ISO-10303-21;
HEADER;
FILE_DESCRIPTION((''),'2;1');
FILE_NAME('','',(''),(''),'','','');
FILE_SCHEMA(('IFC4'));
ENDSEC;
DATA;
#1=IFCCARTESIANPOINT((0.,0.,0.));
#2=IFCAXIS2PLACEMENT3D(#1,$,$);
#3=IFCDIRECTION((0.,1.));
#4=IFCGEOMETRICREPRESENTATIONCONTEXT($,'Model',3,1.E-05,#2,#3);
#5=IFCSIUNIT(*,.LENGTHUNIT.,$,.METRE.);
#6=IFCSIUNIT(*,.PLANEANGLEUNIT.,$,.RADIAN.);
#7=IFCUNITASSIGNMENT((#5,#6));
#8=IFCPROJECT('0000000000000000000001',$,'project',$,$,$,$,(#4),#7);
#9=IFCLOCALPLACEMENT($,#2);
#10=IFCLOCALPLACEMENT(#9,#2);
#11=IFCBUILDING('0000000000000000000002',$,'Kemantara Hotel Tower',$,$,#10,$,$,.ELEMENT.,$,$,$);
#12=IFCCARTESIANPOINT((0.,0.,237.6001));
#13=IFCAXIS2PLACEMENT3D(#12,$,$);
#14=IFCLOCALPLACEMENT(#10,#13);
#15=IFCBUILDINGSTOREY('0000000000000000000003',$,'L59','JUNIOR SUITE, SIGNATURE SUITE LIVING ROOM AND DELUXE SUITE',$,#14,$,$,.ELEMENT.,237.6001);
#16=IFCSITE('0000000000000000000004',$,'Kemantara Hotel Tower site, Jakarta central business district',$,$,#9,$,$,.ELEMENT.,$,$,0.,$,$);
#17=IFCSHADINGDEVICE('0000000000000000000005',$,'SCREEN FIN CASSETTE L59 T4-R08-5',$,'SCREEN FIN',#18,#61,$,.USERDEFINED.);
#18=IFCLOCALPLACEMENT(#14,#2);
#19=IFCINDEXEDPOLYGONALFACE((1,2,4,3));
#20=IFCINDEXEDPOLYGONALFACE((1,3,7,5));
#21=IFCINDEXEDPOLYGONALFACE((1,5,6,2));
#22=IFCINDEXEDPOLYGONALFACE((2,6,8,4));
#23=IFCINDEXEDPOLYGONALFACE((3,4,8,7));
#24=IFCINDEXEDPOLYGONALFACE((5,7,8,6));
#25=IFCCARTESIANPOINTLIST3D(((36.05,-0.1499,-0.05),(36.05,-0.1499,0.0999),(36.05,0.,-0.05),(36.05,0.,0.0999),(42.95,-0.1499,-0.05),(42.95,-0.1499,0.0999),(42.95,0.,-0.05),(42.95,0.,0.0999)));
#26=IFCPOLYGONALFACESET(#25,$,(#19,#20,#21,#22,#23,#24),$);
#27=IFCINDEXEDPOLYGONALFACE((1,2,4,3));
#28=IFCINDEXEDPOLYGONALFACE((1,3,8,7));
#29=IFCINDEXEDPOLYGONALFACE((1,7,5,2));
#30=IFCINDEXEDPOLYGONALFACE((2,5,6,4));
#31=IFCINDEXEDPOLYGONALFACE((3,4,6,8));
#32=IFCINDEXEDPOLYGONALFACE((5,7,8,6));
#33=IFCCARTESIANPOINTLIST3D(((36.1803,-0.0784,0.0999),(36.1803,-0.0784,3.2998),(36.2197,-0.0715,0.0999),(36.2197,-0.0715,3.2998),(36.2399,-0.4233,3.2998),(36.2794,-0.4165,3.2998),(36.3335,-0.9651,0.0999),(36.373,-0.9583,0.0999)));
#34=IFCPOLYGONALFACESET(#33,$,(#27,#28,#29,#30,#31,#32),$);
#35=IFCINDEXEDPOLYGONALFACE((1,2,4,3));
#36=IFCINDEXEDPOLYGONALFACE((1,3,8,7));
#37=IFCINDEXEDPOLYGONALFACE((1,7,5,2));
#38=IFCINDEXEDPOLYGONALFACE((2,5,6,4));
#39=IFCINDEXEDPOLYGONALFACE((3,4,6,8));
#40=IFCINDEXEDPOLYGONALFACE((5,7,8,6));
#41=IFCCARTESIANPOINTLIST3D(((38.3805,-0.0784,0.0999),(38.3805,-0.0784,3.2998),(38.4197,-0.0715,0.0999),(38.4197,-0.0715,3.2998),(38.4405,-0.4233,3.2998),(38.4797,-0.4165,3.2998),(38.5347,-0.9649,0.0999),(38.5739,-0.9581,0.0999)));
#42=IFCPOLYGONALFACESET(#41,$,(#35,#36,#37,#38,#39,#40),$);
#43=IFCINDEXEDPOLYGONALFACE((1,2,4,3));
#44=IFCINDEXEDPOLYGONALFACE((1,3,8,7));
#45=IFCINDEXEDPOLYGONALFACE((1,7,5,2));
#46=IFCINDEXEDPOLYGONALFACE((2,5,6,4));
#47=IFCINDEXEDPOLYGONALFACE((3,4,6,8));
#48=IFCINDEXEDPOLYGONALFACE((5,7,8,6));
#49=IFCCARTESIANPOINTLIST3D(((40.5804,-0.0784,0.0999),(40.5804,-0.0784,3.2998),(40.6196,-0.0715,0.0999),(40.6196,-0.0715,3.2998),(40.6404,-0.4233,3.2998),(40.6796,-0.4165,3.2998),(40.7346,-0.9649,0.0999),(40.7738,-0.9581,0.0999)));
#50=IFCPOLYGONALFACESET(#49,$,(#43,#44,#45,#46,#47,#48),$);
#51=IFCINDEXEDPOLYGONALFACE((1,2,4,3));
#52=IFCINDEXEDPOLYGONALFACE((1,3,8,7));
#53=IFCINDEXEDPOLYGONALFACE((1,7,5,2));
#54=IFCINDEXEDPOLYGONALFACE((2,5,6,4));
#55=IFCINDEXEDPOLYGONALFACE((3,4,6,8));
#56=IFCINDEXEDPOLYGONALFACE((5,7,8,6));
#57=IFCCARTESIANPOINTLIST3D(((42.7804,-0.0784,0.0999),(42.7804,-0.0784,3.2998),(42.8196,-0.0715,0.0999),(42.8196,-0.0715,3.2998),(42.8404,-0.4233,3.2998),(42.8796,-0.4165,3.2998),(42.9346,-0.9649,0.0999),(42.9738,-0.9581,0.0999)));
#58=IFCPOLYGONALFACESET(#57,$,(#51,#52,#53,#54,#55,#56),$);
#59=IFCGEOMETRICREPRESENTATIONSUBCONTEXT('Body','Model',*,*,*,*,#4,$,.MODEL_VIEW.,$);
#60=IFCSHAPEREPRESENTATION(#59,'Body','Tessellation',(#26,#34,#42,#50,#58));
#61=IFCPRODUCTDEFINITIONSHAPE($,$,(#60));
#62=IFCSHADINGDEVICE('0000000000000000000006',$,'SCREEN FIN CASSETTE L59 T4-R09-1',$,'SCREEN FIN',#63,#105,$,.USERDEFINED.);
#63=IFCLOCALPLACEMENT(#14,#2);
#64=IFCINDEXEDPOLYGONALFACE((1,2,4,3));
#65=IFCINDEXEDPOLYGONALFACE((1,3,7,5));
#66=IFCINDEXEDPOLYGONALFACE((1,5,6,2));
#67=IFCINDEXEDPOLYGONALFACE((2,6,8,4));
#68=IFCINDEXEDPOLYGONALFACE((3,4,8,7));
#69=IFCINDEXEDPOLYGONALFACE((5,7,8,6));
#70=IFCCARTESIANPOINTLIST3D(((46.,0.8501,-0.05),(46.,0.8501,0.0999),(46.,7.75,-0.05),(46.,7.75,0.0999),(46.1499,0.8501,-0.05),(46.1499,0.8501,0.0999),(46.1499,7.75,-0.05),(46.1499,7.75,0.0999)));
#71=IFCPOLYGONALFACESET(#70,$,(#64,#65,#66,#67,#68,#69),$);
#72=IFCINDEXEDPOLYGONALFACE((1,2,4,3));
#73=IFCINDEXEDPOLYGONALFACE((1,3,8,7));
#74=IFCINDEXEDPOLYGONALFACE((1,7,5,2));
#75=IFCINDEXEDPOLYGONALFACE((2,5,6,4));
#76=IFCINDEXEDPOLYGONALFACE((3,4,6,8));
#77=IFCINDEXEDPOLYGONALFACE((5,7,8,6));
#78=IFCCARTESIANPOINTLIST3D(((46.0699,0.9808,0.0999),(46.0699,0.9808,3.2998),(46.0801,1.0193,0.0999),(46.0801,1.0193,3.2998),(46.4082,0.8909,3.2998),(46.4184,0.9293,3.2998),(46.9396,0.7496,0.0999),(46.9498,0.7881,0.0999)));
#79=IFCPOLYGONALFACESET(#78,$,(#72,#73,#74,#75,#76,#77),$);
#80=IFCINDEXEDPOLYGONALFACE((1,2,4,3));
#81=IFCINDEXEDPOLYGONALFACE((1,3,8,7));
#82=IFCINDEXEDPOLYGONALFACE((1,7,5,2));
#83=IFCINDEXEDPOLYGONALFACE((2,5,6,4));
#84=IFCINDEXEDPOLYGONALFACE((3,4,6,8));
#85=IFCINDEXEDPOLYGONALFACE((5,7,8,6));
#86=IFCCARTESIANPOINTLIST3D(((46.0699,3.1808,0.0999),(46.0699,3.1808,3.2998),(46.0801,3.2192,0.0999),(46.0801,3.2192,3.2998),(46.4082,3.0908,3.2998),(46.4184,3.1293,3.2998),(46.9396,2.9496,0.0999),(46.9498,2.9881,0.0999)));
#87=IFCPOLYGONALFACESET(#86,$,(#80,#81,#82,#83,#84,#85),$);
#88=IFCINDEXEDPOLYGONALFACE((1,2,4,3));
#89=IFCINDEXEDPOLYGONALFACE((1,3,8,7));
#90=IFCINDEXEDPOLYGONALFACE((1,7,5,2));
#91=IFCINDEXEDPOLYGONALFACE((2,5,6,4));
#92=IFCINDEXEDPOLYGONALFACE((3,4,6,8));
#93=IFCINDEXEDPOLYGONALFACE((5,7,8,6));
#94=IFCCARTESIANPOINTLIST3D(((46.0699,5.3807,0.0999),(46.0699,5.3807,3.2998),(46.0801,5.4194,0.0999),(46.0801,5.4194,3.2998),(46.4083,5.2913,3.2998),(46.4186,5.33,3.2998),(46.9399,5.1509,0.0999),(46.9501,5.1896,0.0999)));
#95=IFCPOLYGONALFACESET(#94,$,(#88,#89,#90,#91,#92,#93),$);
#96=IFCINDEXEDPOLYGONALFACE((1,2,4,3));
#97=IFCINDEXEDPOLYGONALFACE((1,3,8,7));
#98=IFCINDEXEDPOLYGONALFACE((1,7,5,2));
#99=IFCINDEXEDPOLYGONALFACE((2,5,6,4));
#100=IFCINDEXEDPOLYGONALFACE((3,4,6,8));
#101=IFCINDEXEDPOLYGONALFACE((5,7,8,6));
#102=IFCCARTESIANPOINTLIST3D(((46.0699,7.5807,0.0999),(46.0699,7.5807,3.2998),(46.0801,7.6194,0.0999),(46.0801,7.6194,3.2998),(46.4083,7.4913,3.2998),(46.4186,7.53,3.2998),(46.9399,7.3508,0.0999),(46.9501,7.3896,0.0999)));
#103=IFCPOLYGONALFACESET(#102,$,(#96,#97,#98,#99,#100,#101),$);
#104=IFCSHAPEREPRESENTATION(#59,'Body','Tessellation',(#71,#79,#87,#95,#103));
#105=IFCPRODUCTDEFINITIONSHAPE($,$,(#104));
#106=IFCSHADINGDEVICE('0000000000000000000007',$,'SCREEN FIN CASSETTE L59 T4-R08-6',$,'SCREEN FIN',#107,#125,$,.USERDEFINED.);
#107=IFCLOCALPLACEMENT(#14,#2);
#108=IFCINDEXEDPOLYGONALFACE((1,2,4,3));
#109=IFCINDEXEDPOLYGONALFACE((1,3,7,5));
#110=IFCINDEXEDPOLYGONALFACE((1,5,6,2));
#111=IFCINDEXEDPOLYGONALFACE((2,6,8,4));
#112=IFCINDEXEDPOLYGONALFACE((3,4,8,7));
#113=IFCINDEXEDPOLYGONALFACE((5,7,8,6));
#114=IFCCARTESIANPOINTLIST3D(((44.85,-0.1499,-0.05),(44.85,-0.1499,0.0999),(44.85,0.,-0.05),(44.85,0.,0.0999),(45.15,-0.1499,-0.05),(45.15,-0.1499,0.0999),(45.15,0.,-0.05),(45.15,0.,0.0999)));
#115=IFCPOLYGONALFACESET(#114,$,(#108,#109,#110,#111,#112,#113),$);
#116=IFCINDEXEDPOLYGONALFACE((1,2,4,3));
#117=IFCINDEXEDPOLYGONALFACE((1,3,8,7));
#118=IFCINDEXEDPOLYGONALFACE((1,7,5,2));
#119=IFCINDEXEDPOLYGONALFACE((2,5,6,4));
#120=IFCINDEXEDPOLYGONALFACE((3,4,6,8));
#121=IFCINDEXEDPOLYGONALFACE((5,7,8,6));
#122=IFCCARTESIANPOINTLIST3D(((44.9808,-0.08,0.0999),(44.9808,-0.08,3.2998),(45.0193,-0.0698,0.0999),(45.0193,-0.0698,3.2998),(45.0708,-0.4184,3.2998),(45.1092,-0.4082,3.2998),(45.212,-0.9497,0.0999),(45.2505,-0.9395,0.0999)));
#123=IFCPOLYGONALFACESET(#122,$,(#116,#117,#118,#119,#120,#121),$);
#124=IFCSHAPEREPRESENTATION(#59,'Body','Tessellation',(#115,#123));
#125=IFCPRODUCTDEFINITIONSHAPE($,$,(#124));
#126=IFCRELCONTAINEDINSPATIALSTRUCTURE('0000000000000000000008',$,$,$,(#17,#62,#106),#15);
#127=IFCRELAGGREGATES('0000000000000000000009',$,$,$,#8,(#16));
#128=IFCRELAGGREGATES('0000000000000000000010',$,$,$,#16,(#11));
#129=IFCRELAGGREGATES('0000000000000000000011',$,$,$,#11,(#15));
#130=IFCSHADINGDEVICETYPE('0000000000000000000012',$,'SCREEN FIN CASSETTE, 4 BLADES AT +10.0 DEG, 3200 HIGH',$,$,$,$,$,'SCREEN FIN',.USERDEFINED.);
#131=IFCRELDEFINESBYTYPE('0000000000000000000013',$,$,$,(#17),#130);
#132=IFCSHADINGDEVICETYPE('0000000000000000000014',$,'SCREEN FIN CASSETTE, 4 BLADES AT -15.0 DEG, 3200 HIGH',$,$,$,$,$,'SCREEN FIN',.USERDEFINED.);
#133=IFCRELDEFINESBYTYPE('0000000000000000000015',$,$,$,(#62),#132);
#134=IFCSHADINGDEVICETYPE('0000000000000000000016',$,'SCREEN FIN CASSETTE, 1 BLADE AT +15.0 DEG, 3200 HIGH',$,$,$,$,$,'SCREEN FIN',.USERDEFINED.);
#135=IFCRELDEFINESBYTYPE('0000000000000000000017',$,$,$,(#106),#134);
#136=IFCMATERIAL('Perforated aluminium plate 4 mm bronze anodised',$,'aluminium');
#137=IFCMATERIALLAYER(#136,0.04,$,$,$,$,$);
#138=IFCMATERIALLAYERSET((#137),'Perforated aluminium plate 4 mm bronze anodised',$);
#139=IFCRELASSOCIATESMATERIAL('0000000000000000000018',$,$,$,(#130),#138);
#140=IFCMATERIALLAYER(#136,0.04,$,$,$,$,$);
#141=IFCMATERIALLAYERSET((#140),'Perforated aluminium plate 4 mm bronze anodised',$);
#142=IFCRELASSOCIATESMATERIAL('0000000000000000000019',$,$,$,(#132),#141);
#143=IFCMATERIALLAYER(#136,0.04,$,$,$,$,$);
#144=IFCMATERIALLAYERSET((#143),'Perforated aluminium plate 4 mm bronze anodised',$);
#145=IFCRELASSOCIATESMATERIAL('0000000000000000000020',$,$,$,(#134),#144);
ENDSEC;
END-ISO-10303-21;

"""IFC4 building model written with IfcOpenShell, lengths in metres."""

from ifc_helpers import new_model, si_unit, direction, frame, origin, origin_2d, place, context, subcontext, project, spatial, polyline, rectangle, outline, extrude, source, transform, mapped, material, layer, layer_set, type_object, element, save


model = new_model("IFC4")

# Units and contexts
model_context = context("Model", 3, precision=1e-05, world=origin(), true_north=direction((0.0, 1.0)))
body_context = subcontext(model_context, "Body", "Model", "MODEL_VIEW")
ifc_project = project(units=[si_unit("LENGTHUNIT", "METRE"), si_unit("PLANEANGLEUNIT", "RADIAN")], contexts=[model_context])

# Site, building, storey
site_placement = place(None, origin())
site = spatial("IfcSite", under=ifc_project, at=site_placement, Name="Kemantara Hotel Tower site, Jakarta central business district", CompositionType="ELEMENT", RefElevation=0.0)
building_placement = place(site_placement, origin())
building = spatial("IfcBuilding", under=site, at=building_placement, Name="Kemantara Hotel Tower", CompositionType="ELEMENT")
storey_placement = place(building_placement, frame((0.0, 0.0, 237.6001)))
storey = spatial("IfcBuildingStorey", under=building, at=storey_placement, Name="L59", Description="JUNIOR SUITE, SIGNATURE SUITE LIVING ROOM AND DELUXE SUITE", CompositionType="ELEMENT", Elevation=237.6001)

# Shading devices
ifc_material_1 = material(Name="Perforated aluminium plate 4 mm bronze anodised", Category="aluminium")
ifc_layer_1 = layer(ifc_material_1, 0.04)
ifc_layer_set_1 = layer_set([ifc_layer_1], Name="Perforated aluminium plate 4 mm bronze anodised")
shading_device_type_1 = type_object("IfcShadingDeviceType", Name="SCREEN FIN CASSETTE, 4 BLADES AT +10.0 DEG, 3200 HIGH", ElementType="SCREEN FIN", PredefinedType="USERDEFINED", material=ifc_layer_set_1)
shared_shape_1 = source(origin(), body_context, "Body", "SweptSolid", [
    extrude(rectangle(XDim=6.8999, YDim=0.1499, at=origin_2d()), frame((3.3, -0.075, -0.1499), z_axis=(0.0, 0.0, 1.0), x_axis=(1.0, 0.0, 0.0)), (0.0, 0.0, 1.0), 0.1499),
    extrude(outline(polyline([(0.0, 0.0), (0.8999, 0.0), (0.3501, 3.2), (0.0, 3.2), (0.0, 0.0)])), frame((0.0198, -0.0715, 0.0), z_axis=(-0.98539, -0.170314, 0.0), x_axis=(0.170314, -0.98539, 0.0)), (0.0, 0.0, 1.0), 0.04),
    extrude(outline(polyline([(0.0, 0.0), (0.8999, 0.0), (0.3501, 3.2), (0.0, 3.2), (0.0, 0.0)])), frame((2.2197, -0.0715, 0.0), z_axis=(-0.985212, -0.171341, 0.0), x_axis=(0.171341, -0.985212, 0.0)), (0.0, 0.0, 1.0), 0.0398),
    extrude(outline(polyline([(0.0, 0.0), (0.8999, 0.0), (0.3501, 3.2), (0.0, 3.2), (0.0, 0.0)])), frame((4.4197, -0.0715, 0.0), z_axis=(-0.985212, -0.171341, 0.0), x_axis=(0.171341, -0.985212, 0.0)), (0.0, 0.0, 1.0), 0.0398),
    extrude(outline(polyline([(0.0, 0.0), (0.8999, 0.0), (0.3501, 3.2), (0.0, 3.2), (0.0, 0.0)])), frame((6.6196, -0.0715, 0.0), z_axis=(-0.985212, -0.171341, 0.0), x_axis=(0.171341, -0.985212, 0.0)), (0.0, 0.0, 1.0), 0.0398),
])
shading_device_1_placement = place(storey_placement, frame((36.2, 0.0, 0.0999), z_axis=(0.0, 0.0, 1.0), x_axis=(1.0, 0.0, 0.0)))
element("IfcShadingDevice", 1, at=shading_device_1_placement, inside=storey, type_object=shading_device_type_1, Name="SCREEN FIN CASSETTE L59 T4-R08-5", ObjectType="SCREEN FIN", PredefinedType="USERDEFINED", context=body_context, shape_type="MappedRepresentation", body=[
    mapped(shared_shape_1, transform((0.0, 0.0, 0.0))),
])
ifc_layer_2 = layer(ifc_material_1, 0.04)
ifc_layer_set_2 = layer_set([ifc_layer_2], Name="Perforated aluminium plate 4 mm bronze anodised")
shading_device_type_2 = type_object("IfcShadingDeviceType", Name="SCREEN FIN CASSETTE, 4 BLADES AT -15.0 DEG, 3200 HIGH", ElementType="SCREEN FIN", PredefinedType="USERDEFINED", material=ifc_layer_set_2)
shared_shape_2 = source(origin(), body_context, "Body", "SweptSolid", [
    extrude(rectangle(XDim=6.8999, YDim=0.1499, at=origin_2d()), frame((3.3, -0.075, -0.1499), z_axis=(0.0, 0.0, 1.0), x_axis=(1.0, 0.0, 0.0)), (0.0, 0.0, 1.0), 0.1499),
    extrude(outline(polyline([(0.0, 0.0), (0.8999, 0.0), (0.3501, 3.2), (0.0, 3.2), (0.0, 0.0)])), frame((0.0193, -0.0801, 0.0), z_axis=(-0.966438, 0.256901, 0.0), x_axis=(-0.256901, -0.966438, 0.0)), (0.0, 0.0, 1.0), 0.0398),
    extrude(outline(polyline([(0.0, 0.0), (0.8999, 0.0), (0.3501, 3.2), (0.0, 3.2), (0.0, 0.0)])), frame((2.2192, -0.0801, 0.0), z_axis=(-0.966438, 0.256901, 0.0), x_axis=(-0.256901, -0.966438, 0.0)), (0.0, 0.0, 1.0), 0.0398),
    extrude(outline(polyline([(0.0, 0.0), (0.8999, 0.0), (0.3501, 3.2), (0.0, 3.2), (0.0, 0.0)])), frame((4.4194, -0.0801, 0.0), z_axis=(-0.966838, 0.255391, 0.0), x_axis=(-0.255391, -0.966838, 0.0)), (0.0, 0.0, 1.0), 0.04),
    extrude(outline(polyline([(0.0, 0.0), (0.8999, 0.0), (0.3501, 3.2), (0.0, 3.2), (0.0, 0.0)])), frame((6.6194, -0.0801, 0.0), z_axis=(-0.966838, 0.255391, 0.0), x_axis=(-0.255391, -0.966838, 0.0)), (0.0, 0.0, 1.0), 0.04),
])
shading_device_2_placement = place(storey_placement, frame((46.0, 1.0, 0.0999), z_axis=(0.0, 0.0, 1.0), x_axis=(0.0, 1.0, 0.0)))
element("IfcShadingDevice", 2, at=shading_device_2_placement, inside=storey, type_object=shading_device_type_2, Name="SCREEN FIN CASSETTE L59 T4-R09-1", ObjectType="SCREEN FIN", PredefinedType="USERDEFINED", context=body_context, shape_type="MappedRepresentation", body=[
    mapped(shared_shape_2, transform((0.0, 0.0, 0.0))),
])
ifc_layer_3 = layer(ifc_material_1, 0.04)
ifc_layer_set_3 = layer_set([ifc_layer_3], Name="Perforated aluminium plate 4 mm bronze anodised")
shading_device_type_3 = type_object("IfcShadingDeviceType", Name="SCREEN FIN CASSETTE, 1 BLADE AT +15.0 DEG, 3200 HIGH", ElementType="SCREEN FIN", PredefinedType="USERDEFINED", material=ifc_layer_set_3)
shared_shape_3 = source(origin(), body_context, "Body", "SweptSolid", [
    extrude(rectangle(XDim=0.3, YDim=0.1499, at=origin_2d()), frame((0.0, -0.075, -0.1499), z_axis=(0.0, 0.0, 1.0), x_axis=(1.0, 0.0, 0.0)), (0.0, 0.0, 1.0), 0.1499),
    extrude(outline(polyline([(0.0, 0.0), (0.8999, 0.0), (0.3501, 3.2), (0.0, 3.2), (0.0, 0.0)])), frame((0.0193, -0.0698, 0.0), z_axis=(-0.966438, -0.256901, 0.0), x_axis=(0.256901, -0.966438, 0.0)), (0.0, 0.0, 1.0), 0.0398),
])
shading_device_3_placement = place(storey_placement, frame((45.0, 0.0, 0.0999), z_axis=(0.0, 0.0, 1.0), x_axis=(1.0, 0.0, 0.0)))
element("IfcShadingDevice", 3, at=shading_device_3_placement, inside=storey, type_object=shading_device_type_3, Name="SCREEN FIN CASSETTE L59 T4-R08-6", ObjectType="SCREEN FIN", PredefinedType="USERDEFINED", context=body_context, shape_type="MappedRepresentation", body=[
    mapped(shared_shape_3, transform((0.0, 0.0, 0.0))),
])

save(model, "model.ifc")
